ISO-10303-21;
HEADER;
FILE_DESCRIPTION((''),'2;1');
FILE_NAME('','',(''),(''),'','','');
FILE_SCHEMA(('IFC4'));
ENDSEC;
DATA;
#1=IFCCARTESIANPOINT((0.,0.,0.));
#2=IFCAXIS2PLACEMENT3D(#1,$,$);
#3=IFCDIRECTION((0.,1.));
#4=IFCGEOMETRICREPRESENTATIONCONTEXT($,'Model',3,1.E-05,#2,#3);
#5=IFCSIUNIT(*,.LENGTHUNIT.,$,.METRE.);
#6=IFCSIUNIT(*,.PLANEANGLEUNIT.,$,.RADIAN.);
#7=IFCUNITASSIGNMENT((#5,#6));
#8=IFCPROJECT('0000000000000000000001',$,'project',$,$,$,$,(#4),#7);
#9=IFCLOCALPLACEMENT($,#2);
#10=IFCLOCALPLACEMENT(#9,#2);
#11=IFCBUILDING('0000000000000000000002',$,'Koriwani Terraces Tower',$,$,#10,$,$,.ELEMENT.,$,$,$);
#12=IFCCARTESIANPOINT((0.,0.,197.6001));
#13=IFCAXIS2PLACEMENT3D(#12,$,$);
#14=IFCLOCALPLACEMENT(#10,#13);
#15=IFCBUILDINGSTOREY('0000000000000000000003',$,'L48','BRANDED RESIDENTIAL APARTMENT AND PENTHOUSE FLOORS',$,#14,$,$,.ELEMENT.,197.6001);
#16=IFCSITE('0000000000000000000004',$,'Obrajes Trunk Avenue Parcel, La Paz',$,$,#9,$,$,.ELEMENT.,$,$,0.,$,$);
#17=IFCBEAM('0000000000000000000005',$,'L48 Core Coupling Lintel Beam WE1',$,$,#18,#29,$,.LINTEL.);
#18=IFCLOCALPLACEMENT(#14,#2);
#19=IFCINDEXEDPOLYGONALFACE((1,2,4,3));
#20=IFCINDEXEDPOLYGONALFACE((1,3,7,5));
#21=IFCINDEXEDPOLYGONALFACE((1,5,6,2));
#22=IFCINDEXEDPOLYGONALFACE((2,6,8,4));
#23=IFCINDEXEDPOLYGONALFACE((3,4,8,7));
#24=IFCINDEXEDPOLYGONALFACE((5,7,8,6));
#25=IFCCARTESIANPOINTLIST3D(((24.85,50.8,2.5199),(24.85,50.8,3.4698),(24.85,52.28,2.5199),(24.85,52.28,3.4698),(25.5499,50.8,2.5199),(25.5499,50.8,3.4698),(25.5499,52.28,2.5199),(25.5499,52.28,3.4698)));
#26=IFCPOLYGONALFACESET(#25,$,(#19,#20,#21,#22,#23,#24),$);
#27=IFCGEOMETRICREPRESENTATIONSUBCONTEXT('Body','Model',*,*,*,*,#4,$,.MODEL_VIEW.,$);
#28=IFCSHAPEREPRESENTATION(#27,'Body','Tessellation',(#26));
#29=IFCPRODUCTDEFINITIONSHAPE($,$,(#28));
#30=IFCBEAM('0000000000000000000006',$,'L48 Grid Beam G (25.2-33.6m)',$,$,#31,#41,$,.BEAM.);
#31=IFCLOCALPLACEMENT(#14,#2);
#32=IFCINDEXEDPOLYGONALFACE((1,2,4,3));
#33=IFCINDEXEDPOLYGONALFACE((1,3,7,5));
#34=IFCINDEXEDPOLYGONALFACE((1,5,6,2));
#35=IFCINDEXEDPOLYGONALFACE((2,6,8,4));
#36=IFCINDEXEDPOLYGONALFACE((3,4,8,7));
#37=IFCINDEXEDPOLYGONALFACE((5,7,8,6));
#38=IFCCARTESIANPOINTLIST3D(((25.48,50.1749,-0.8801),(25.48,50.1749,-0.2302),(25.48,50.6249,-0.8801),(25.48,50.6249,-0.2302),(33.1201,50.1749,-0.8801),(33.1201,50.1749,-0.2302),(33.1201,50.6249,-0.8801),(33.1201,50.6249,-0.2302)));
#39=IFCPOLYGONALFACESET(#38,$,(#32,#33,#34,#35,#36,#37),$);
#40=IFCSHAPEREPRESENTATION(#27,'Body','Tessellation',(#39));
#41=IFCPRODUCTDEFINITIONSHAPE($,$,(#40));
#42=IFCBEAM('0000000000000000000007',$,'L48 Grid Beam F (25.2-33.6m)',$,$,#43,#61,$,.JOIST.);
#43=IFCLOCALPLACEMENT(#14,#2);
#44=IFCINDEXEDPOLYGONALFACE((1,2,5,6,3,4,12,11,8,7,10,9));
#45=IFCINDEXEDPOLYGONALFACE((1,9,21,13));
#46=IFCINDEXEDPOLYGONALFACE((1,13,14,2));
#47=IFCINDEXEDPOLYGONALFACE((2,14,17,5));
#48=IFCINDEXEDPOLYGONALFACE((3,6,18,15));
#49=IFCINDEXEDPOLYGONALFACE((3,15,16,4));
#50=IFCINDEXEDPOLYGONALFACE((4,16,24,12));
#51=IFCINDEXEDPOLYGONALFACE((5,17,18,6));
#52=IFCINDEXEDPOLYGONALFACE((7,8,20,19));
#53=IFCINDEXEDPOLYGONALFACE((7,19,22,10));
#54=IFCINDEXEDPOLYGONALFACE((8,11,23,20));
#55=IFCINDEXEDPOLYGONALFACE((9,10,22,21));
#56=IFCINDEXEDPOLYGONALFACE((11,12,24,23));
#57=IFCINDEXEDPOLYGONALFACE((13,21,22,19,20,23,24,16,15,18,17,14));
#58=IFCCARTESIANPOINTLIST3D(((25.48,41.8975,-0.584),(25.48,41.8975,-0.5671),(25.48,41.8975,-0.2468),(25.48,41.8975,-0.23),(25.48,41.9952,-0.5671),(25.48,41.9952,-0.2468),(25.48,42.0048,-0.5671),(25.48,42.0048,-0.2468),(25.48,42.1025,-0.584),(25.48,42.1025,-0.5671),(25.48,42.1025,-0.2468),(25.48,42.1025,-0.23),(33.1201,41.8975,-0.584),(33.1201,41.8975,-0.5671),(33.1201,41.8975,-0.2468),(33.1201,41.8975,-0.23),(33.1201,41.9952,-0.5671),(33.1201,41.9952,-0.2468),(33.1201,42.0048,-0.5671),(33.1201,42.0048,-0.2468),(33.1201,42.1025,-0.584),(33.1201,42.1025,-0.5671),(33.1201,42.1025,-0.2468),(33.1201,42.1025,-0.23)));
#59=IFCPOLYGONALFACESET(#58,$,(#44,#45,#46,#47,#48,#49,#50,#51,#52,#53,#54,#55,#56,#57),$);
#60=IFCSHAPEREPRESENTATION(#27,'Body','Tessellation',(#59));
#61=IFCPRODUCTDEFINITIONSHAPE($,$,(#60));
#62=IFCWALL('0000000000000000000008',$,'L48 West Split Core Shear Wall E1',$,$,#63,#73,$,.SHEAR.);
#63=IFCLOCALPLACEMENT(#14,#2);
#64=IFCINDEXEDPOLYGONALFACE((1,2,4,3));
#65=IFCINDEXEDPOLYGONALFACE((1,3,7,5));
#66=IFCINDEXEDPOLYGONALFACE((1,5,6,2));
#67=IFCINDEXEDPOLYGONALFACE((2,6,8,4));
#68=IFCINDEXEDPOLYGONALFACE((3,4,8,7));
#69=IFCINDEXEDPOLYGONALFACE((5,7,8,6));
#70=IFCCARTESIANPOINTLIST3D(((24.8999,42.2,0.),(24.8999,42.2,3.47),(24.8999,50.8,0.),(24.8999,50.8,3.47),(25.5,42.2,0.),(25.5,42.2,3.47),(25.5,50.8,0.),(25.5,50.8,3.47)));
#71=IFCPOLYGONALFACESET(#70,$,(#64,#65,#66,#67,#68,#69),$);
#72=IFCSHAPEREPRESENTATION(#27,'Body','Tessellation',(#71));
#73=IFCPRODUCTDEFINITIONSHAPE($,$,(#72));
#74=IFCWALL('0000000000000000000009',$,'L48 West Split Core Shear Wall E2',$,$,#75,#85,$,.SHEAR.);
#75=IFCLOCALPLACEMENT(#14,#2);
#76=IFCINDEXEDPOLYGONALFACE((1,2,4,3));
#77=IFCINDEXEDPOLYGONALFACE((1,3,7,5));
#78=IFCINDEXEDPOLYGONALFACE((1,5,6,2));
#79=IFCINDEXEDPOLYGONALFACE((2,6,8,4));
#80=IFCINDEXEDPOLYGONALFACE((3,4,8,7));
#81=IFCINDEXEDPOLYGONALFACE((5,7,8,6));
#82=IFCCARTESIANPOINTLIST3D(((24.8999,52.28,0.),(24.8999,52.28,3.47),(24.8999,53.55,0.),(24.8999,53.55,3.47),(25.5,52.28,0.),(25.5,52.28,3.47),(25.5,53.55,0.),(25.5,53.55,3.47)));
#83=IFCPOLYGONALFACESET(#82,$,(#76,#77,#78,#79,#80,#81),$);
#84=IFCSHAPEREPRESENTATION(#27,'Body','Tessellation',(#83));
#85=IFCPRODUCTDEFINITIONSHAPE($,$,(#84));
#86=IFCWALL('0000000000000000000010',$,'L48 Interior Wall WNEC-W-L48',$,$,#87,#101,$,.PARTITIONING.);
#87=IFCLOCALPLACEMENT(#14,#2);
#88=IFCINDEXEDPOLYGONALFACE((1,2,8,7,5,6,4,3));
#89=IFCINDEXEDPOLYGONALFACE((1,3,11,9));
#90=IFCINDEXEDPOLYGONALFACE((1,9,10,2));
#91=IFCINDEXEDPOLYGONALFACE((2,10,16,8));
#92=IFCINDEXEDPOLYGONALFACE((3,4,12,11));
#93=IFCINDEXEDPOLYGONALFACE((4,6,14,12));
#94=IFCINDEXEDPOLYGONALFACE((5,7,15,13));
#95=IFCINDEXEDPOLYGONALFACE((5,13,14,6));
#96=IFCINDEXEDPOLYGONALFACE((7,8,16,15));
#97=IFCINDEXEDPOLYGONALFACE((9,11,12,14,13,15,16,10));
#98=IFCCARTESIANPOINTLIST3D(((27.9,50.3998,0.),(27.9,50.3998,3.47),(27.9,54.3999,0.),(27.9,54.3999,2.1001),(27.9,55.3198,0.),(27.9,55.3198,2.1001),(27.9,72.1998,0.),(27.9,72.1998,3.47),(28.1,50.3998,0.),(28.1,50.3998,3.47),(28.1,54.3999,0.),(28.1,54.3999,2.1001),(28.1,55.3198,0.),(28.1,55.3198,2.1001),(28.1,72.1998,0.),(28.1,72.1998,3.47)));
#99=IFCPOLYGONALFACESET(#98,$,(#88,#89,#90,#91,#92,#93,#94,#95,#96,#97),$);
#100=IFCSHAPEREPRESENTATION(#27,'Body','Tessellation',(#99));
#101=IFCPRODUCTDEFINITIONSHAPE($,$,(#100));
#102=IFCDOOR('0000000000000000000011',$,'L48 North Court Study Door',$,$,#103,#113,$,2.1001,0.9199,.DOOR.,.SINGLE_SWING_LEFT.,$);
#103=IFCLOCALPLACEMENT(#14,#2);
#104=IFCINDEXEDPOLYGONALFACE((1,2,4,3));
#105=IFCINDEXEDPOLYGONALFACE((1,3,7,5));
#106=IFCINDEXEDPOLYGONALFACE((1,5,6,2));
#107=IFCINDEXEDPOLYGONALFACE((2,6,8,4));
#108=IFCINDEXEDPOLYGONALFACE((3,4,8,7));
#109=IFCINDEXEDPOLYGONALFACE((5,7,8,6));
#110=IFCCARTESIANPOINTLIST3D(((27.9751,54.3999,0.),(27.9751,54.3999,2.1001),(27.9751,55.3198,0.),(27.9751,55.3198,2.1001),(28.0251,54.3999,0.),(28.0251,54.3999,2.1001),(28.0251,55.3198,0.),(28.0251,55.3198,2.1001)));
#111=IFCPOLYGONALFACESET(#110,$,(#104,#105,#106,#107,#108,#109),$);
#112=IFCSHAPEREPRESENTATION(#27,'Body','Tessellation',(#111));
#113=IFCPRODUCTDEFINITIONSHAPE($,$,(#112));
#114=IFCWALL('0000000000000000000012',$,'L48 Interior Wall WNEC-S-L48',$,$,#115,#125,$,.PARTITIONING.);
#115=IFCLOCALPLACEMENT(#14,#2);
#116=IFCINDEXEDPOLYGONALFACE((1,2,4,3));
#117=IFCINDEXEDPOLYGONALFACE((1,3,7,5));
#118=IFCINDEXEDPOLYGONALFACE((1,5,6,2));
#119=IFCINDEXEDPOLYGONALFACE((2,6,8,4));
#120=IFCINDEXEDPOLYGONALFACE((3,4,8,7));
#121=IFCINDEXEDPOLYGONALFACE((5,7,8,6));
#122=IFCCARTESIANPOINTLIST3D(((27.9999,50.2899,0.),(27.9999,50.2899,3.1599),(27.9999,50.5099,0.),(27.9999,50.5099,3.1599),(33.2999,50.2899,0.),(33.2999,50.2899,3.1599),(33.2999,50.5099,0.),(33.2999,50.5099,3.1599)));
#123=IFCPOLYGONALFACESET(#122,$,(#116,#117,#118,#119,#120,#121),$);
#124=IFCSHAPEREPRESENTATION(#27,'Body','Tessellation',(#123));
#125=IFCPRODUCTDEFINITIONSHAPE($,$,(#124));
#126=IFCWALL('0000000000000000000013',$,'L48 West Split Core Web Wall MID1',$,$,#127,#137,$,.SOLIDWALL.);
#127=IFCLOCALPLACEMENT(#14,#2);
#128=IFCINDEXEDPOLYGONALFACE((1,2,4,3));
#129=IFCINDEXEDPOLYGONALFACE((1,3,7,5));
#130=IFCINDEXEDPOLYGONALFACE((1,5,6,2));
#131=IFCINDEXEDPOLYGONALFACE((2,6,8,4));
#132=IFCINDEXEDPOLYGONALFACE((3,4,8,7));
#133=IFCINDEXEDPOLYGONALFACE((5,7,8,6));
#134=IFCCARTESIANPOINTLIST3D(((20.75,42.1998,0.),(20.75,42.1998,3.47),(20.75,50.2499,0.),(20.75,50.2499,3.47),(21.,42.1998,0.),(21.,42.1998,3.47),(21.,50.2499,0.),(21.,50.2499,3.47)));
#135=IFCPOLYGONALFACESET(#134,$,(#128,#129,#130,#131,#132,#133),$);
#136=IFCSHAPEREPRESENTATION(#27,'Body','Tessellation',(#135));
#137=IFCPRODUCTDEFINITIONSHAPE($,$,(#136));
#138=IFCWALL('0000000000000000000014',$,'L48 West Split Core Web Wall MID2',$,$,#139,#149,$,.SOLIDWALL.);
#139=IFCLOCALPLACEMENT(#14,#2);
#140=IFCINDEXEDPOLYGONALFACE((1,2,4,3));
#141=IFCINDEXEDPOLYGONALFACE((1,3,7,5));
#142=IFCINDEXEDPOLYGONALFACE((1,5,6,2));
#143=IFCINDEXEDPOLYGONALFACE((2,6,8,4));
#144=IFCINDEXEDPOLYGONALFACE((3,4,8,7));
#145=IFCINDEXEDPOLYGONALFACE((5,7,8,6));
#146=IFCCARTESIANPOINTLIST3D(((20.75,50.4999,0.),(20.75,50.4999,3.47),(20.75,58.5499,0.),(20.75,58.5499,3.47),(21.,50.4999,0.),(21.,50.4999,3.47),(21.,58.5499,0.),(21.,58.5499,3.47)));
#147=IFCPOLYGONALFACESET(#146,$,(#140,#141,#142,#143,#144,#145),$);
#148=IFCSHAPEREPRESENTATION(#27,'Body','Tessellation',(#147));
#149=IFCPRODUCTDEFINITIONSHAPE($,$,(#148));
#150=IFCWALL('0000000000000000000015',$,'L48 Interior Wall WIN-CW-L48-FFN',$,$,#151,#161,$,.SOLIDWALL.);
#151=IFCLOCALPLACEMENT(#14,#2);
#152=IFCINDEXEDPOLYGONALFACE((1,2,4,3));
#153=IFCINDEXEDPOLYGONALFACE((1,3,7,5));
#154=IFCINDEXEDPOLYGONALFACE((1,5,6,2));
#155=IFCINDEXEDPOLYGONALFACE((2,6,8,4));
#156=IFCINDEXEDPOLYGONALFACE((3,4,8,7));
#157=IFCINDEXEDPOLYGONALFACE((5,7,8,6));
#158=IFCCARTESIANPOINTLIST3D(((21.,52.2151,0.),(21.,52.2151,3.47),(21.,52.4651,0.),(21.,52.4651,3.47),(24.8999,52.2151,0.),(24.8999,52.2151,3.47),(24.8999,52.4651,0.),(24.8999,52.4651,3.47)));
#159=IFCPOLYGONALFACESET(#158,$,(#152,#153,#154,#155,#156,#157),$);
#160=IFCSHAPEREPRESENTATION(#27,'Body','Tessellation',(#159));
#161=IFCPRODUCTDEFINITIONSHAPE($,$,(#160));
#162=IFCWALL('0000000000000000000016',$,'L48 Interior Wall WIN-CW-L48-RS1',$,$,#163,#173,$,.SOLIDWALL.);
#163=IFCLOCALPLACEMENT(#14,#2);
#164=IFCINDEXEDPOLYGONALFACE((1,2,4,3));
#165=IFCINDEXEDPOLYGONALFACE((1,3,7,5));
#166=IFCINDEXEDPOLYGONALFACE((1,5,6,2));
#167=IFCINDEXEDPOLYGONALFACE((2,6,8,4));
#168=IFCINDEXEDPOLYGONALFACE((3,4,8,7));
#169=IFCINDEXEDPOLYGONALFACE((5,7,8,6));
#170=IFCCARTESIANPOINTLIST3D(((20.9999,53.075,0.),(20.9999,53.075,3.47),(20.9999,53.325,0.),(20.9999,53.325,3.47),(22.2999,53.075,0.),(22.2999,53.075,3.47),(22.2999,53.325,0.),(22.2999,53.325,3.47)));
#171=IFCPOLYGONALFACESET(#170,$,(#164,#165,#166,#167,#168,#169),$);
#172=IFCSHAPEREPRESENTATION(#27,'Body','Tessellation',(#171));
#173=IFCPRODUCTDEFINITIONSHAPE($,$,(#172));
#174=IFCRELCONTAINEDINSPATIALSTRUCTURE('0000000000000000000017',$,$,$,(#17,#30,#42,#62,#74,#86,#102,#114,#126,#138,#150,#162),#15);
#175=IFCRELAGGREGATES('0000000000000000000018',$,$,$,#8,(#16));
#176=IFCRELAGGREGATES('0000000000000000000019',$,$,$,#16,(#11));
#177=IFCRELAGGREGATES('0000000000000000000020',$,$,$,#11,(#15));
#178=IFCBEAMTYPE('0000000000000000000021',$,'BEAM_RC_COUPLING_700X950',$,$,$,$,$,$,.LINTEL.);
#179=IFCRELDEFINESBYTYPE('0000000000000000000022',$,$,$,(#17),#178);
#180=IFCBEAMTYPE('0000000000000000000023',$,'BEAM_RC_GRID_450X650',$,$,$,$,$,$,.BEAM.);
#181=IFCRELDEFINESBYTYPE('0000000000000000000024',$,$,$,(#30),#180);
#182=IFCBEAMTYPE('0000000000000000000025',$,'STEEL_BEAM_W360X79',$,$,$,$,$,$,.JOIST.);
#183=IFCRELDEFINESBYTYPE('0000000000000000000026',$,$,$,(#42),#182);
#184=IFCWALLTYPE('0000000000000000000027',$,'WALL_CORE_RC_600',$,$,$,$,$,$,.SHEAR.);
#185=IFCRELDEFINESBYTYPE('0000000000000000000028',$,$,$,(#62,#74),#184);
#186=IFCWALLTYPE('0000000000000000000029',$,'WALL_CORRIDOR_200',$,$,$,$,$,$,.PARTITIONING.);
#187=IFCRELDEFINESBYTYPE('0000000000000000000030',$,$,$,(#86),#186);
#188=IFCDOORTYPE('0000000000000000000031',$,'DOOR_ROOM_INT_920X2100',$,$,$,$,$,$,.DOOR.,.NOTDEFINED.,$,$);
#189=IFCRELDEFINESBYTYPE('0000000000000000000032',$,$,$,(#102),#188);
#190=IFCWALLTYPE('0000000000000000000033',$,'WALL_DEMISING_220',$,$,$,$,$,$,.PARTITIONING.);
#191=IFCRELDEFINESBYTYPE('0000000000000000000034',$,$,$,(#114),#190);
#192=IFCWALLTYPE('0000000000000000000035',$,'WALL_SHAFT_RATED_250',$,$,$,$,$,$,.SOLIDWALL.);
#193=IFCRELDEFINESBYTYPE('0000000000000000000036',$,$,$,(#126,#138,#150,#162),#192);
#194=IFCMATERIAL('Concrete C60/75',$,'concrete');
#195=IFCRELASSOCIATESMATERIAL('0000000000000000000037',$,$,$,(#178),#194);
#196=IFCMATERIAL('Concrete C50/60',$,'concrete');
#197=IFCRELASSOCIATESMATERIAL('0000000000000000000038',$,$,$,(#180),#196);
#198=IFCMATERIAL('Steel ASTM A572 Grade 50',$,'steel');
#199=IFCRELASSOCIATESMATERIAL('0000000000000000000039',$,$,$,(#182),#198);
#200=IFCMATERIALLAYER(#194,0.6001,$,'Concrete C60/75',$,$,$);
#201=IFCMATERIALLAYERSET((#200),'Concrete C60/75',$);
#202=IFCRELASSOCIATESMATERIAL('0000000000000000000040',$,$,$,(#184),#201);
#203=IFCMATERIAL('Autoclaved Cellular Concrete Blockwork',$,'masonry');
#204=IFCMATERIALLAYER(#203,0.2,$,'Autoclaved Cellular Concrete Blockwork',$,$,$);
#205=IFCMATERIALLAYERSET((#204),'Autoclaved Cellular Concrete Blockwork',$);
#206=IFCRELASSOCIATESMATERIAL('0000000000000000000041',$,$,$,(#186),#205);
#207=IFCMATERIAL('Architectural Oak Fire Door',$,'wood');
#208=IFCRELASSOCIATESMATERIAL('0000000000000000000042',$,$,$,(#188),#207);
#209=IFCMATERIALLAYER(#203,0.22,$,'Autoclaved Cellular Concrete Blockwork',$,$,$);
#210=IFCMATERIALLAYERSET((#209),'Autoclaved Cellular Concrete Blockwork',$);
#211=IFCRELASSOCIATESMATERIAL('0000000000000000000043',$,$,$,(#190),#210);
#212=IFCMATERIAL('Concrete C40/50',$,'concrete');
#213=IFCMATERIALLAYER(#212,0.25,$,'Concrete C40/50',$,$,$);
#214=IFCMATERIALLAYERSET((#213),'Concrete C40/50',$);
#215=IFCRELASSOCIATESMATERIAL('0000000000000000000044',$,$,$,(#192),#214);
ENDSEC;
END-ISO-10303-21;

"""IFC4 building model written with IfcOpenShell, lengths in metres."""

from ifc_helpers import new_model, si_unit, direction, frame, frame_2d, origin, origin_2d, place, context, subcontext, project, spatial, rectangle, i_section, extrude, material, layer, layer_set, material_profile, profile_set, type_object, element, fill, save


model = new_model("IFC4")

# Units and contexts
model_context = context("Model", 3, precision=1e-05, world=origin(), true_north=direction((0.0, 1.0)))
body_context = subcontext(model_context, "Body", "Model", "MODEL_VIEW")
ifc_project = project(units=[si_unit("LENGTHUNIT", "METRE"), si_unit("PLANEANGLEUNIT", "RADIAN")], contexts=[model_context])

# Site, building, storey
site_placement = place(None, origin())
site = spatial("IfcSite", under=ifc_project, at=site_placement, Name="Obrajes Trunk Avenue Parcel, La Paz", CompositionType="ELEMENT", RefElevation=0.0)
building_placement = place(site_placement, origin())
building = spatial("IfcBuilding", under=site, at=building_placement, Name="Koriwani Terraces Tower", CompositionType="ELEMENT")
storey_placement = place(building_placement, frame((0.0, 0.0, 197.6001)))
storey = spatial("IfcBuildingStorey", under=building, at=storey_placement, Name="L48", Description="BRANDED RESIDENTIAL APARTMENT AND PENTHOUSE FLOORS", CompositionType="ELEMENT", Elevation=197.6001)

# Beams
ifc_material_1 = material(Name="Concrete C60/75", Category="concrete")
ifc_material_profile_1 = material_profile(ifc_material_1, rectangle(XDim=0.7, YDim=0.95, at=origin_2d()), Name="Concrete C60/75", Category="LoadBearing")
ifc_profile_set_1 = profile_set([ifc_material_profile_1], Name="Concrete C60/75")
beam_type_1 = type_object("IfcBeamType", Name="BEAM_RC_COUPLING_700X950", PredefinedType="LINTEL", material=ifc_profile_set_1)
beam_1_placement = place(storey_placement, frame((25.2, 50.8, 2.9949), z_axis=(0.0, 1.0, 0.0), x_axis=(-1.0, 0.0, 0.0)))
element("IfcBeam", 1, at=beam_1_placement, inside=storey, type_object=beam_type_1, Name="L48 Core Coupling Lintel Beam WE1", PredefinedType="LINTEL", context=body_context, shape_type="SweptSolid", body=[
    extrude(rectangle(XDim=0.7, YDim=0.95, at=origin_2d()), origin(), (0.0, 0.0, 1.0), 1.48),
])
ifc_material_2 = material(Name="Concrete C50/60", Category="concrete")
ifc_material_profile_2 = material_profile(ifc_material_2, rectangle(XDim=0.45, YDim=0.6499, at=origin_2d()), Name="Concrete C50/60", Category="LoadBearing")
ifc_profile_set_2 = profile_set([ifc_material_profile_2], Name="Concrete C50/60")
beam_type_2 = type_object("IfcBeamType", Name="BEAM_RC_GRID_450X650", PredefinedType="BEAM", material=ifc_profile_set_2)
beam_2_placement = place(storey_placement, frame((25.48, 50.3999, -0.5552), z_axis=(1.0, 0.0, 0.0), x_axis=(0.0, 1.0, 0.0)))
element("IfcBeam", 2, at=beam_2_placement, inside=storey, type_object=beam_type_2, Name="L48 Grid Beam G (25.2-33.6m)", PredefinedType="BEAM", context=body_context, shape_type="SweptSolid", body=[
    extrude(rectangle(XDim=0.45, YDim=0.6499, at=origin_2d()), origin(), (0.0, 0.0, 1.0), 7.6401),
])
ifc_material_3 = material(Name="Steel ASTM A572 Grade 50", Category="steel")
ifc_material_profile_3 = material_profile(ifc_material_3, i_section(OverallWidth=0.2051, OverallDepth=0.354, WebThickness=0.0095, FlangeThickness=0.0168, at=origin_2d()), Name="Steel ASTM A572 Grade 50", Category="LoadBearing")
ifc_profile_set_3 = profile_set([ifc_material_profile_3], Name="Steel ASTM A572 Grade 50")
beam_type_3 = type_object("IfcBeamType", Name="STEEL_BEAM_W360X79", PredefinedType="JOIST", material=ifc_profile_set_3)
beam_3_placement = place(storey_placement, frame((25.48, 42.0, -0.407), z_axis=(1.0, 0.0, 0.0), x_axis=(0.0, 1.0, 0.0)))
element("IfcBeam", 3, at=beam_3_placement, inside=storey, type_object=beam_type_3, Name="L48 Grid Beam F (25.2-33.6m)", PredefinedType="JOIST", context=body_context, shape_type="SweptSolid", body=[
    extrude(i_section(OverallWidth=0.2051, OverallDepth=0.354, WebThickness=0.0095, FlangeThickness=0.0168, at=origin_2d()), origin(), (0.0, 0.0, 1.0), 7.6401),
])

# Walls
ifc_layer_1 = layer(ifc_material_1, 0.6001, Name="Concrete C60/75")
ifc_layer_set_1 = layer_set([ifc_layer_1], Name="Concrete C60/75")
wall_type_1 = type_object("IfcWallType", Name="WALL_CORE_RC_600", PredefinedType="SHEAR", material=ifc_layer_set_1)
wall_1_placement = place(storey_placement, frame((25.2, 42.2, 0.0), z_axis=(0.0, 0.0, 1.0), x_axis=(0.0, 1.0, 0.0)))
element("IfcWall", 4, at=wall_1_placement, inside=storey, type_object=wall_type_1, Name="L48 West Split Core Shear Wall E1", PredefinedType="SHEAR", context=body_context, shape_type="SweptSolid", body=[
    extrude(rectangle(XDim=8.6001, YDim=0.6001, at=frame_2d((4.3, 0.0))), origin(), (0.0, 0.0, 1.0), 3.47),
])
wall_2_placement = place(storey_placement, frame((25.2, 52.28, 0.0), z_axis=(0.0, 0.0, 1.0), x_axis=(0.0, 1.0, 0.0)))
element("IfcWall", 5, at=wall_2_placement, inside=storey, type_object=wall_type_1, Name="L48 West Split Core Shear Wall E2", PredefinedType="SHEAR", context=body_context, shape_type="SweptSolid", body=[
    extrude(rectangle(XDim=1.27, YDim=0.6001, at=frame_2d((0.635, 0.0))), origin(), (0.0, 0.0, 1.0), 3.47),
])

# Wall, opening, door
ifc_material_4 = material(Name="Autoclaved Cellular Concrete Blockwork", Category="masonry")
ifc_layer_2 = layer(ifc_material_4, 0.2, Name="Autoclaved Cellular Concrete Blockwork")
ifc_layer_set_2 = layer_set([ifc_layer_2], Name="Autoclaved Cellular Concrete Blockwork")
wall_type_2 = type_object("IfcWallType", Name="WALL_CORRIDOR_200", PredefinedType="PARTITIONING", material=ifc_layer_set_2)
wall_3_placement = place(storey_placement, frame((28.0, 50.3999, 0.0), z_axis=(0.0, 0.0, 1.0), x_axis=(0.0, 1.0, 0.0)))
wall_3 = element("IfcWall", 6, at=wall_3_placement, inside=storey, type_object=wall_type_2, Name="L48 Interior Wall WNEC-W-L48", PredefinedType="PARTITIONING", context=body_context, shape_type="SweptSolid", body=[
    extrude(rectangle(XDim=21.8, YDim=0.2, at=frame_2d((10.8999, 0.0))), origin(), (0.0, 0.0, 1.0), 3.47),
])
opening_1_placement = place(wall_3_placement, frame((4.0, 0.0, 0.0)))
opening_1 = element("IfcOpeningElement", 7, at=opening_1_placement, cuts=wall_3, PredefinedType="OPENING", context=body_context, shape_type="SweptSolid", body=[
    extrude(rectangle(XDim=0.9199, YDim=2.1001, at=frame_2d((0.46, 1.05))), frame((0.0, 0.1099, 0.0), z_axis=(0.0, -1.0, 0.0), x_axis=(1.0, 0.0, 0.0)), (0.0, 0.0, 1.0), 0.22),
])
ifc_material_5 = material(Name="Architectural Oak Fire Door", Category="wood")
door_type_1 = type_object("IfcDoorType", Name="DOOR_ROOM_INT_920X2100", OperationType="NOTDEFINED", PredefinedType="DOOR", material=ifc_material_5)
door_1_placement = place(opening_1_placement, origin())
door_1 = element("IfcDoor", 8, at=door_1_placement, inside=storey, type_object=door_type_1, Name="L48 North Court Study Door", OperationType="SINGLE_SWING_LEFT", OverallHeight=2.1001, OverallWidth=0.9199, PredefinedType="DOOR", context=body_context, shape_type="SweptSolid", body=[
    extrude(rectangle(XDim=0.9199, YDim=2.1001, at=frame_2d((0.46, 1.05))), frame((0.0, 0.0249, 0.0), z_axis=(0.0, -1.0, 0.0), x_axis=(1.0, 0.0, 0.0)), (0.0, 0.0, 1.0), 0.05),
])
fill(opening_1, door_1)

# Walls
ifc_layer_3 = layer(ifc_material_4, 0.22, Name="Autoclaved Cellular Concrete Blockwork")
ifc_layer_set_3 = layer_set([ifc_layer_3], Name="Autoclaved Cellular Concrete Blockwork")
wall_type_3 = type_object("IfcWallType", Name="WALL_DEMISING_220", PredefinedType="PARTITIONING", material=ifc_layer_set_3)
wall_4_placement = place(storey_placement, frame((28.0, 50.3999, 0.0), z_axis=(0.0, 0.0, 1.0), x_axis=(1.0, 0.0, 0.0)))
element("IfcWall", 9, at=wall_4_placement, inside=storey, type_object=wall_type_3, Name="L48 Interior Wall WNEC-S-L48", PredefinedType="PARTITIONING", context=body_context, shape_type="SweptSolid", body=[
    extrude(rectangle(XDim=5.3, YDim=0.22, at=frame_2d((2.6499, 0.0))), origin(), (0.0, 0.0, 1.0), 3.1599),
])
ifc_material_6 = material(Name="Concrete C40/50", Category="concrete")
ifc_layer_4 = layer(ifc_material_6, 0.25, Name="Concrete C40/50")
ifc_layer_set_4 = layer_set([ifc_layer_4], Name="Concrete C40/50")
wall_type_4 = type_object("IfcWallType", Name="WALL_SHAFT_RATED_250", PredefinedType="SOLIDWALL", material=ifc_layer_set_4)
for number, where, z_axis, x_axis, name in (
    (10, (20.875, 42.2, 0.0), (0.0, 0.0, 1.0), (0.0, 1.0, 0.0), "L48 West Split Core Web Wall MID1"),
    (11, (20.875, 50.5, 0.0), (0.0, 0.0, 1.0), (0.0, 1.0, 0.0), "L48 West Split Core Web Wall MID2"),
):
    element("IfcWall", number, at=place(storey_placement, frame(where, z_axis=z_axis, x_axis=x_axis)), inside=storey, type_object=wall_type_4, Name=name, PredefinedType="SOLIDWALL", context=body_context, shape_type="SweptSolid", body=[
        extrude(rectangle(XDim=8.05, YDim=0.25, at=frame_2d((4.0249, 0.0))), origin(), (0.0, 0.0, 1.0), 3.47),
    ])

# Walls
wall_5_placement = place(storey_placement, frame((21.0, 52.3401, 0.0), z_axis=(0.0, 0.0, 1.0), x_axis=(1.0, 0.0, 0.0)))
element("IfcWall", 12, at=wall_5_placement, inside=storey, type_object=wall_type_4, Name="L48 Interior Wall WIN-CW-L48-FFN", PredefinedType="SOLIDWALL", context=body_context, shape_type="SweptSolid", body=[
    extrude(rectangle(XDim=3.8999, YDim=0.25, at=frame_2d((1.95, 0.0))), origin(), (0.0, 0.0, 1.0), 3.47),
])
wall_6_placement = place(storey_placement, frame((21.0, 53.2, 0.0), z_axis=(0.0, 0.0, 1.0), x_axis=(1.0, 0.0, 0.0)))
element("IfcWall", 13, at=wall_6_placement, inside=storey, type_object=wall_type_4, Name="L48 Interior Wall WIN-CW-L48-RS1", PredefinedType="SOLIDWALL", context=body_context, shape_type="SweptSolid", body=[
    extrude(rectangle(XDim=1.3, YDim=0.25, at=frame_2d((0.6499, 0.0))), origin(), (0.0, 0.0, 1.0), 3.47),
])

save(model, "model.ifc")
